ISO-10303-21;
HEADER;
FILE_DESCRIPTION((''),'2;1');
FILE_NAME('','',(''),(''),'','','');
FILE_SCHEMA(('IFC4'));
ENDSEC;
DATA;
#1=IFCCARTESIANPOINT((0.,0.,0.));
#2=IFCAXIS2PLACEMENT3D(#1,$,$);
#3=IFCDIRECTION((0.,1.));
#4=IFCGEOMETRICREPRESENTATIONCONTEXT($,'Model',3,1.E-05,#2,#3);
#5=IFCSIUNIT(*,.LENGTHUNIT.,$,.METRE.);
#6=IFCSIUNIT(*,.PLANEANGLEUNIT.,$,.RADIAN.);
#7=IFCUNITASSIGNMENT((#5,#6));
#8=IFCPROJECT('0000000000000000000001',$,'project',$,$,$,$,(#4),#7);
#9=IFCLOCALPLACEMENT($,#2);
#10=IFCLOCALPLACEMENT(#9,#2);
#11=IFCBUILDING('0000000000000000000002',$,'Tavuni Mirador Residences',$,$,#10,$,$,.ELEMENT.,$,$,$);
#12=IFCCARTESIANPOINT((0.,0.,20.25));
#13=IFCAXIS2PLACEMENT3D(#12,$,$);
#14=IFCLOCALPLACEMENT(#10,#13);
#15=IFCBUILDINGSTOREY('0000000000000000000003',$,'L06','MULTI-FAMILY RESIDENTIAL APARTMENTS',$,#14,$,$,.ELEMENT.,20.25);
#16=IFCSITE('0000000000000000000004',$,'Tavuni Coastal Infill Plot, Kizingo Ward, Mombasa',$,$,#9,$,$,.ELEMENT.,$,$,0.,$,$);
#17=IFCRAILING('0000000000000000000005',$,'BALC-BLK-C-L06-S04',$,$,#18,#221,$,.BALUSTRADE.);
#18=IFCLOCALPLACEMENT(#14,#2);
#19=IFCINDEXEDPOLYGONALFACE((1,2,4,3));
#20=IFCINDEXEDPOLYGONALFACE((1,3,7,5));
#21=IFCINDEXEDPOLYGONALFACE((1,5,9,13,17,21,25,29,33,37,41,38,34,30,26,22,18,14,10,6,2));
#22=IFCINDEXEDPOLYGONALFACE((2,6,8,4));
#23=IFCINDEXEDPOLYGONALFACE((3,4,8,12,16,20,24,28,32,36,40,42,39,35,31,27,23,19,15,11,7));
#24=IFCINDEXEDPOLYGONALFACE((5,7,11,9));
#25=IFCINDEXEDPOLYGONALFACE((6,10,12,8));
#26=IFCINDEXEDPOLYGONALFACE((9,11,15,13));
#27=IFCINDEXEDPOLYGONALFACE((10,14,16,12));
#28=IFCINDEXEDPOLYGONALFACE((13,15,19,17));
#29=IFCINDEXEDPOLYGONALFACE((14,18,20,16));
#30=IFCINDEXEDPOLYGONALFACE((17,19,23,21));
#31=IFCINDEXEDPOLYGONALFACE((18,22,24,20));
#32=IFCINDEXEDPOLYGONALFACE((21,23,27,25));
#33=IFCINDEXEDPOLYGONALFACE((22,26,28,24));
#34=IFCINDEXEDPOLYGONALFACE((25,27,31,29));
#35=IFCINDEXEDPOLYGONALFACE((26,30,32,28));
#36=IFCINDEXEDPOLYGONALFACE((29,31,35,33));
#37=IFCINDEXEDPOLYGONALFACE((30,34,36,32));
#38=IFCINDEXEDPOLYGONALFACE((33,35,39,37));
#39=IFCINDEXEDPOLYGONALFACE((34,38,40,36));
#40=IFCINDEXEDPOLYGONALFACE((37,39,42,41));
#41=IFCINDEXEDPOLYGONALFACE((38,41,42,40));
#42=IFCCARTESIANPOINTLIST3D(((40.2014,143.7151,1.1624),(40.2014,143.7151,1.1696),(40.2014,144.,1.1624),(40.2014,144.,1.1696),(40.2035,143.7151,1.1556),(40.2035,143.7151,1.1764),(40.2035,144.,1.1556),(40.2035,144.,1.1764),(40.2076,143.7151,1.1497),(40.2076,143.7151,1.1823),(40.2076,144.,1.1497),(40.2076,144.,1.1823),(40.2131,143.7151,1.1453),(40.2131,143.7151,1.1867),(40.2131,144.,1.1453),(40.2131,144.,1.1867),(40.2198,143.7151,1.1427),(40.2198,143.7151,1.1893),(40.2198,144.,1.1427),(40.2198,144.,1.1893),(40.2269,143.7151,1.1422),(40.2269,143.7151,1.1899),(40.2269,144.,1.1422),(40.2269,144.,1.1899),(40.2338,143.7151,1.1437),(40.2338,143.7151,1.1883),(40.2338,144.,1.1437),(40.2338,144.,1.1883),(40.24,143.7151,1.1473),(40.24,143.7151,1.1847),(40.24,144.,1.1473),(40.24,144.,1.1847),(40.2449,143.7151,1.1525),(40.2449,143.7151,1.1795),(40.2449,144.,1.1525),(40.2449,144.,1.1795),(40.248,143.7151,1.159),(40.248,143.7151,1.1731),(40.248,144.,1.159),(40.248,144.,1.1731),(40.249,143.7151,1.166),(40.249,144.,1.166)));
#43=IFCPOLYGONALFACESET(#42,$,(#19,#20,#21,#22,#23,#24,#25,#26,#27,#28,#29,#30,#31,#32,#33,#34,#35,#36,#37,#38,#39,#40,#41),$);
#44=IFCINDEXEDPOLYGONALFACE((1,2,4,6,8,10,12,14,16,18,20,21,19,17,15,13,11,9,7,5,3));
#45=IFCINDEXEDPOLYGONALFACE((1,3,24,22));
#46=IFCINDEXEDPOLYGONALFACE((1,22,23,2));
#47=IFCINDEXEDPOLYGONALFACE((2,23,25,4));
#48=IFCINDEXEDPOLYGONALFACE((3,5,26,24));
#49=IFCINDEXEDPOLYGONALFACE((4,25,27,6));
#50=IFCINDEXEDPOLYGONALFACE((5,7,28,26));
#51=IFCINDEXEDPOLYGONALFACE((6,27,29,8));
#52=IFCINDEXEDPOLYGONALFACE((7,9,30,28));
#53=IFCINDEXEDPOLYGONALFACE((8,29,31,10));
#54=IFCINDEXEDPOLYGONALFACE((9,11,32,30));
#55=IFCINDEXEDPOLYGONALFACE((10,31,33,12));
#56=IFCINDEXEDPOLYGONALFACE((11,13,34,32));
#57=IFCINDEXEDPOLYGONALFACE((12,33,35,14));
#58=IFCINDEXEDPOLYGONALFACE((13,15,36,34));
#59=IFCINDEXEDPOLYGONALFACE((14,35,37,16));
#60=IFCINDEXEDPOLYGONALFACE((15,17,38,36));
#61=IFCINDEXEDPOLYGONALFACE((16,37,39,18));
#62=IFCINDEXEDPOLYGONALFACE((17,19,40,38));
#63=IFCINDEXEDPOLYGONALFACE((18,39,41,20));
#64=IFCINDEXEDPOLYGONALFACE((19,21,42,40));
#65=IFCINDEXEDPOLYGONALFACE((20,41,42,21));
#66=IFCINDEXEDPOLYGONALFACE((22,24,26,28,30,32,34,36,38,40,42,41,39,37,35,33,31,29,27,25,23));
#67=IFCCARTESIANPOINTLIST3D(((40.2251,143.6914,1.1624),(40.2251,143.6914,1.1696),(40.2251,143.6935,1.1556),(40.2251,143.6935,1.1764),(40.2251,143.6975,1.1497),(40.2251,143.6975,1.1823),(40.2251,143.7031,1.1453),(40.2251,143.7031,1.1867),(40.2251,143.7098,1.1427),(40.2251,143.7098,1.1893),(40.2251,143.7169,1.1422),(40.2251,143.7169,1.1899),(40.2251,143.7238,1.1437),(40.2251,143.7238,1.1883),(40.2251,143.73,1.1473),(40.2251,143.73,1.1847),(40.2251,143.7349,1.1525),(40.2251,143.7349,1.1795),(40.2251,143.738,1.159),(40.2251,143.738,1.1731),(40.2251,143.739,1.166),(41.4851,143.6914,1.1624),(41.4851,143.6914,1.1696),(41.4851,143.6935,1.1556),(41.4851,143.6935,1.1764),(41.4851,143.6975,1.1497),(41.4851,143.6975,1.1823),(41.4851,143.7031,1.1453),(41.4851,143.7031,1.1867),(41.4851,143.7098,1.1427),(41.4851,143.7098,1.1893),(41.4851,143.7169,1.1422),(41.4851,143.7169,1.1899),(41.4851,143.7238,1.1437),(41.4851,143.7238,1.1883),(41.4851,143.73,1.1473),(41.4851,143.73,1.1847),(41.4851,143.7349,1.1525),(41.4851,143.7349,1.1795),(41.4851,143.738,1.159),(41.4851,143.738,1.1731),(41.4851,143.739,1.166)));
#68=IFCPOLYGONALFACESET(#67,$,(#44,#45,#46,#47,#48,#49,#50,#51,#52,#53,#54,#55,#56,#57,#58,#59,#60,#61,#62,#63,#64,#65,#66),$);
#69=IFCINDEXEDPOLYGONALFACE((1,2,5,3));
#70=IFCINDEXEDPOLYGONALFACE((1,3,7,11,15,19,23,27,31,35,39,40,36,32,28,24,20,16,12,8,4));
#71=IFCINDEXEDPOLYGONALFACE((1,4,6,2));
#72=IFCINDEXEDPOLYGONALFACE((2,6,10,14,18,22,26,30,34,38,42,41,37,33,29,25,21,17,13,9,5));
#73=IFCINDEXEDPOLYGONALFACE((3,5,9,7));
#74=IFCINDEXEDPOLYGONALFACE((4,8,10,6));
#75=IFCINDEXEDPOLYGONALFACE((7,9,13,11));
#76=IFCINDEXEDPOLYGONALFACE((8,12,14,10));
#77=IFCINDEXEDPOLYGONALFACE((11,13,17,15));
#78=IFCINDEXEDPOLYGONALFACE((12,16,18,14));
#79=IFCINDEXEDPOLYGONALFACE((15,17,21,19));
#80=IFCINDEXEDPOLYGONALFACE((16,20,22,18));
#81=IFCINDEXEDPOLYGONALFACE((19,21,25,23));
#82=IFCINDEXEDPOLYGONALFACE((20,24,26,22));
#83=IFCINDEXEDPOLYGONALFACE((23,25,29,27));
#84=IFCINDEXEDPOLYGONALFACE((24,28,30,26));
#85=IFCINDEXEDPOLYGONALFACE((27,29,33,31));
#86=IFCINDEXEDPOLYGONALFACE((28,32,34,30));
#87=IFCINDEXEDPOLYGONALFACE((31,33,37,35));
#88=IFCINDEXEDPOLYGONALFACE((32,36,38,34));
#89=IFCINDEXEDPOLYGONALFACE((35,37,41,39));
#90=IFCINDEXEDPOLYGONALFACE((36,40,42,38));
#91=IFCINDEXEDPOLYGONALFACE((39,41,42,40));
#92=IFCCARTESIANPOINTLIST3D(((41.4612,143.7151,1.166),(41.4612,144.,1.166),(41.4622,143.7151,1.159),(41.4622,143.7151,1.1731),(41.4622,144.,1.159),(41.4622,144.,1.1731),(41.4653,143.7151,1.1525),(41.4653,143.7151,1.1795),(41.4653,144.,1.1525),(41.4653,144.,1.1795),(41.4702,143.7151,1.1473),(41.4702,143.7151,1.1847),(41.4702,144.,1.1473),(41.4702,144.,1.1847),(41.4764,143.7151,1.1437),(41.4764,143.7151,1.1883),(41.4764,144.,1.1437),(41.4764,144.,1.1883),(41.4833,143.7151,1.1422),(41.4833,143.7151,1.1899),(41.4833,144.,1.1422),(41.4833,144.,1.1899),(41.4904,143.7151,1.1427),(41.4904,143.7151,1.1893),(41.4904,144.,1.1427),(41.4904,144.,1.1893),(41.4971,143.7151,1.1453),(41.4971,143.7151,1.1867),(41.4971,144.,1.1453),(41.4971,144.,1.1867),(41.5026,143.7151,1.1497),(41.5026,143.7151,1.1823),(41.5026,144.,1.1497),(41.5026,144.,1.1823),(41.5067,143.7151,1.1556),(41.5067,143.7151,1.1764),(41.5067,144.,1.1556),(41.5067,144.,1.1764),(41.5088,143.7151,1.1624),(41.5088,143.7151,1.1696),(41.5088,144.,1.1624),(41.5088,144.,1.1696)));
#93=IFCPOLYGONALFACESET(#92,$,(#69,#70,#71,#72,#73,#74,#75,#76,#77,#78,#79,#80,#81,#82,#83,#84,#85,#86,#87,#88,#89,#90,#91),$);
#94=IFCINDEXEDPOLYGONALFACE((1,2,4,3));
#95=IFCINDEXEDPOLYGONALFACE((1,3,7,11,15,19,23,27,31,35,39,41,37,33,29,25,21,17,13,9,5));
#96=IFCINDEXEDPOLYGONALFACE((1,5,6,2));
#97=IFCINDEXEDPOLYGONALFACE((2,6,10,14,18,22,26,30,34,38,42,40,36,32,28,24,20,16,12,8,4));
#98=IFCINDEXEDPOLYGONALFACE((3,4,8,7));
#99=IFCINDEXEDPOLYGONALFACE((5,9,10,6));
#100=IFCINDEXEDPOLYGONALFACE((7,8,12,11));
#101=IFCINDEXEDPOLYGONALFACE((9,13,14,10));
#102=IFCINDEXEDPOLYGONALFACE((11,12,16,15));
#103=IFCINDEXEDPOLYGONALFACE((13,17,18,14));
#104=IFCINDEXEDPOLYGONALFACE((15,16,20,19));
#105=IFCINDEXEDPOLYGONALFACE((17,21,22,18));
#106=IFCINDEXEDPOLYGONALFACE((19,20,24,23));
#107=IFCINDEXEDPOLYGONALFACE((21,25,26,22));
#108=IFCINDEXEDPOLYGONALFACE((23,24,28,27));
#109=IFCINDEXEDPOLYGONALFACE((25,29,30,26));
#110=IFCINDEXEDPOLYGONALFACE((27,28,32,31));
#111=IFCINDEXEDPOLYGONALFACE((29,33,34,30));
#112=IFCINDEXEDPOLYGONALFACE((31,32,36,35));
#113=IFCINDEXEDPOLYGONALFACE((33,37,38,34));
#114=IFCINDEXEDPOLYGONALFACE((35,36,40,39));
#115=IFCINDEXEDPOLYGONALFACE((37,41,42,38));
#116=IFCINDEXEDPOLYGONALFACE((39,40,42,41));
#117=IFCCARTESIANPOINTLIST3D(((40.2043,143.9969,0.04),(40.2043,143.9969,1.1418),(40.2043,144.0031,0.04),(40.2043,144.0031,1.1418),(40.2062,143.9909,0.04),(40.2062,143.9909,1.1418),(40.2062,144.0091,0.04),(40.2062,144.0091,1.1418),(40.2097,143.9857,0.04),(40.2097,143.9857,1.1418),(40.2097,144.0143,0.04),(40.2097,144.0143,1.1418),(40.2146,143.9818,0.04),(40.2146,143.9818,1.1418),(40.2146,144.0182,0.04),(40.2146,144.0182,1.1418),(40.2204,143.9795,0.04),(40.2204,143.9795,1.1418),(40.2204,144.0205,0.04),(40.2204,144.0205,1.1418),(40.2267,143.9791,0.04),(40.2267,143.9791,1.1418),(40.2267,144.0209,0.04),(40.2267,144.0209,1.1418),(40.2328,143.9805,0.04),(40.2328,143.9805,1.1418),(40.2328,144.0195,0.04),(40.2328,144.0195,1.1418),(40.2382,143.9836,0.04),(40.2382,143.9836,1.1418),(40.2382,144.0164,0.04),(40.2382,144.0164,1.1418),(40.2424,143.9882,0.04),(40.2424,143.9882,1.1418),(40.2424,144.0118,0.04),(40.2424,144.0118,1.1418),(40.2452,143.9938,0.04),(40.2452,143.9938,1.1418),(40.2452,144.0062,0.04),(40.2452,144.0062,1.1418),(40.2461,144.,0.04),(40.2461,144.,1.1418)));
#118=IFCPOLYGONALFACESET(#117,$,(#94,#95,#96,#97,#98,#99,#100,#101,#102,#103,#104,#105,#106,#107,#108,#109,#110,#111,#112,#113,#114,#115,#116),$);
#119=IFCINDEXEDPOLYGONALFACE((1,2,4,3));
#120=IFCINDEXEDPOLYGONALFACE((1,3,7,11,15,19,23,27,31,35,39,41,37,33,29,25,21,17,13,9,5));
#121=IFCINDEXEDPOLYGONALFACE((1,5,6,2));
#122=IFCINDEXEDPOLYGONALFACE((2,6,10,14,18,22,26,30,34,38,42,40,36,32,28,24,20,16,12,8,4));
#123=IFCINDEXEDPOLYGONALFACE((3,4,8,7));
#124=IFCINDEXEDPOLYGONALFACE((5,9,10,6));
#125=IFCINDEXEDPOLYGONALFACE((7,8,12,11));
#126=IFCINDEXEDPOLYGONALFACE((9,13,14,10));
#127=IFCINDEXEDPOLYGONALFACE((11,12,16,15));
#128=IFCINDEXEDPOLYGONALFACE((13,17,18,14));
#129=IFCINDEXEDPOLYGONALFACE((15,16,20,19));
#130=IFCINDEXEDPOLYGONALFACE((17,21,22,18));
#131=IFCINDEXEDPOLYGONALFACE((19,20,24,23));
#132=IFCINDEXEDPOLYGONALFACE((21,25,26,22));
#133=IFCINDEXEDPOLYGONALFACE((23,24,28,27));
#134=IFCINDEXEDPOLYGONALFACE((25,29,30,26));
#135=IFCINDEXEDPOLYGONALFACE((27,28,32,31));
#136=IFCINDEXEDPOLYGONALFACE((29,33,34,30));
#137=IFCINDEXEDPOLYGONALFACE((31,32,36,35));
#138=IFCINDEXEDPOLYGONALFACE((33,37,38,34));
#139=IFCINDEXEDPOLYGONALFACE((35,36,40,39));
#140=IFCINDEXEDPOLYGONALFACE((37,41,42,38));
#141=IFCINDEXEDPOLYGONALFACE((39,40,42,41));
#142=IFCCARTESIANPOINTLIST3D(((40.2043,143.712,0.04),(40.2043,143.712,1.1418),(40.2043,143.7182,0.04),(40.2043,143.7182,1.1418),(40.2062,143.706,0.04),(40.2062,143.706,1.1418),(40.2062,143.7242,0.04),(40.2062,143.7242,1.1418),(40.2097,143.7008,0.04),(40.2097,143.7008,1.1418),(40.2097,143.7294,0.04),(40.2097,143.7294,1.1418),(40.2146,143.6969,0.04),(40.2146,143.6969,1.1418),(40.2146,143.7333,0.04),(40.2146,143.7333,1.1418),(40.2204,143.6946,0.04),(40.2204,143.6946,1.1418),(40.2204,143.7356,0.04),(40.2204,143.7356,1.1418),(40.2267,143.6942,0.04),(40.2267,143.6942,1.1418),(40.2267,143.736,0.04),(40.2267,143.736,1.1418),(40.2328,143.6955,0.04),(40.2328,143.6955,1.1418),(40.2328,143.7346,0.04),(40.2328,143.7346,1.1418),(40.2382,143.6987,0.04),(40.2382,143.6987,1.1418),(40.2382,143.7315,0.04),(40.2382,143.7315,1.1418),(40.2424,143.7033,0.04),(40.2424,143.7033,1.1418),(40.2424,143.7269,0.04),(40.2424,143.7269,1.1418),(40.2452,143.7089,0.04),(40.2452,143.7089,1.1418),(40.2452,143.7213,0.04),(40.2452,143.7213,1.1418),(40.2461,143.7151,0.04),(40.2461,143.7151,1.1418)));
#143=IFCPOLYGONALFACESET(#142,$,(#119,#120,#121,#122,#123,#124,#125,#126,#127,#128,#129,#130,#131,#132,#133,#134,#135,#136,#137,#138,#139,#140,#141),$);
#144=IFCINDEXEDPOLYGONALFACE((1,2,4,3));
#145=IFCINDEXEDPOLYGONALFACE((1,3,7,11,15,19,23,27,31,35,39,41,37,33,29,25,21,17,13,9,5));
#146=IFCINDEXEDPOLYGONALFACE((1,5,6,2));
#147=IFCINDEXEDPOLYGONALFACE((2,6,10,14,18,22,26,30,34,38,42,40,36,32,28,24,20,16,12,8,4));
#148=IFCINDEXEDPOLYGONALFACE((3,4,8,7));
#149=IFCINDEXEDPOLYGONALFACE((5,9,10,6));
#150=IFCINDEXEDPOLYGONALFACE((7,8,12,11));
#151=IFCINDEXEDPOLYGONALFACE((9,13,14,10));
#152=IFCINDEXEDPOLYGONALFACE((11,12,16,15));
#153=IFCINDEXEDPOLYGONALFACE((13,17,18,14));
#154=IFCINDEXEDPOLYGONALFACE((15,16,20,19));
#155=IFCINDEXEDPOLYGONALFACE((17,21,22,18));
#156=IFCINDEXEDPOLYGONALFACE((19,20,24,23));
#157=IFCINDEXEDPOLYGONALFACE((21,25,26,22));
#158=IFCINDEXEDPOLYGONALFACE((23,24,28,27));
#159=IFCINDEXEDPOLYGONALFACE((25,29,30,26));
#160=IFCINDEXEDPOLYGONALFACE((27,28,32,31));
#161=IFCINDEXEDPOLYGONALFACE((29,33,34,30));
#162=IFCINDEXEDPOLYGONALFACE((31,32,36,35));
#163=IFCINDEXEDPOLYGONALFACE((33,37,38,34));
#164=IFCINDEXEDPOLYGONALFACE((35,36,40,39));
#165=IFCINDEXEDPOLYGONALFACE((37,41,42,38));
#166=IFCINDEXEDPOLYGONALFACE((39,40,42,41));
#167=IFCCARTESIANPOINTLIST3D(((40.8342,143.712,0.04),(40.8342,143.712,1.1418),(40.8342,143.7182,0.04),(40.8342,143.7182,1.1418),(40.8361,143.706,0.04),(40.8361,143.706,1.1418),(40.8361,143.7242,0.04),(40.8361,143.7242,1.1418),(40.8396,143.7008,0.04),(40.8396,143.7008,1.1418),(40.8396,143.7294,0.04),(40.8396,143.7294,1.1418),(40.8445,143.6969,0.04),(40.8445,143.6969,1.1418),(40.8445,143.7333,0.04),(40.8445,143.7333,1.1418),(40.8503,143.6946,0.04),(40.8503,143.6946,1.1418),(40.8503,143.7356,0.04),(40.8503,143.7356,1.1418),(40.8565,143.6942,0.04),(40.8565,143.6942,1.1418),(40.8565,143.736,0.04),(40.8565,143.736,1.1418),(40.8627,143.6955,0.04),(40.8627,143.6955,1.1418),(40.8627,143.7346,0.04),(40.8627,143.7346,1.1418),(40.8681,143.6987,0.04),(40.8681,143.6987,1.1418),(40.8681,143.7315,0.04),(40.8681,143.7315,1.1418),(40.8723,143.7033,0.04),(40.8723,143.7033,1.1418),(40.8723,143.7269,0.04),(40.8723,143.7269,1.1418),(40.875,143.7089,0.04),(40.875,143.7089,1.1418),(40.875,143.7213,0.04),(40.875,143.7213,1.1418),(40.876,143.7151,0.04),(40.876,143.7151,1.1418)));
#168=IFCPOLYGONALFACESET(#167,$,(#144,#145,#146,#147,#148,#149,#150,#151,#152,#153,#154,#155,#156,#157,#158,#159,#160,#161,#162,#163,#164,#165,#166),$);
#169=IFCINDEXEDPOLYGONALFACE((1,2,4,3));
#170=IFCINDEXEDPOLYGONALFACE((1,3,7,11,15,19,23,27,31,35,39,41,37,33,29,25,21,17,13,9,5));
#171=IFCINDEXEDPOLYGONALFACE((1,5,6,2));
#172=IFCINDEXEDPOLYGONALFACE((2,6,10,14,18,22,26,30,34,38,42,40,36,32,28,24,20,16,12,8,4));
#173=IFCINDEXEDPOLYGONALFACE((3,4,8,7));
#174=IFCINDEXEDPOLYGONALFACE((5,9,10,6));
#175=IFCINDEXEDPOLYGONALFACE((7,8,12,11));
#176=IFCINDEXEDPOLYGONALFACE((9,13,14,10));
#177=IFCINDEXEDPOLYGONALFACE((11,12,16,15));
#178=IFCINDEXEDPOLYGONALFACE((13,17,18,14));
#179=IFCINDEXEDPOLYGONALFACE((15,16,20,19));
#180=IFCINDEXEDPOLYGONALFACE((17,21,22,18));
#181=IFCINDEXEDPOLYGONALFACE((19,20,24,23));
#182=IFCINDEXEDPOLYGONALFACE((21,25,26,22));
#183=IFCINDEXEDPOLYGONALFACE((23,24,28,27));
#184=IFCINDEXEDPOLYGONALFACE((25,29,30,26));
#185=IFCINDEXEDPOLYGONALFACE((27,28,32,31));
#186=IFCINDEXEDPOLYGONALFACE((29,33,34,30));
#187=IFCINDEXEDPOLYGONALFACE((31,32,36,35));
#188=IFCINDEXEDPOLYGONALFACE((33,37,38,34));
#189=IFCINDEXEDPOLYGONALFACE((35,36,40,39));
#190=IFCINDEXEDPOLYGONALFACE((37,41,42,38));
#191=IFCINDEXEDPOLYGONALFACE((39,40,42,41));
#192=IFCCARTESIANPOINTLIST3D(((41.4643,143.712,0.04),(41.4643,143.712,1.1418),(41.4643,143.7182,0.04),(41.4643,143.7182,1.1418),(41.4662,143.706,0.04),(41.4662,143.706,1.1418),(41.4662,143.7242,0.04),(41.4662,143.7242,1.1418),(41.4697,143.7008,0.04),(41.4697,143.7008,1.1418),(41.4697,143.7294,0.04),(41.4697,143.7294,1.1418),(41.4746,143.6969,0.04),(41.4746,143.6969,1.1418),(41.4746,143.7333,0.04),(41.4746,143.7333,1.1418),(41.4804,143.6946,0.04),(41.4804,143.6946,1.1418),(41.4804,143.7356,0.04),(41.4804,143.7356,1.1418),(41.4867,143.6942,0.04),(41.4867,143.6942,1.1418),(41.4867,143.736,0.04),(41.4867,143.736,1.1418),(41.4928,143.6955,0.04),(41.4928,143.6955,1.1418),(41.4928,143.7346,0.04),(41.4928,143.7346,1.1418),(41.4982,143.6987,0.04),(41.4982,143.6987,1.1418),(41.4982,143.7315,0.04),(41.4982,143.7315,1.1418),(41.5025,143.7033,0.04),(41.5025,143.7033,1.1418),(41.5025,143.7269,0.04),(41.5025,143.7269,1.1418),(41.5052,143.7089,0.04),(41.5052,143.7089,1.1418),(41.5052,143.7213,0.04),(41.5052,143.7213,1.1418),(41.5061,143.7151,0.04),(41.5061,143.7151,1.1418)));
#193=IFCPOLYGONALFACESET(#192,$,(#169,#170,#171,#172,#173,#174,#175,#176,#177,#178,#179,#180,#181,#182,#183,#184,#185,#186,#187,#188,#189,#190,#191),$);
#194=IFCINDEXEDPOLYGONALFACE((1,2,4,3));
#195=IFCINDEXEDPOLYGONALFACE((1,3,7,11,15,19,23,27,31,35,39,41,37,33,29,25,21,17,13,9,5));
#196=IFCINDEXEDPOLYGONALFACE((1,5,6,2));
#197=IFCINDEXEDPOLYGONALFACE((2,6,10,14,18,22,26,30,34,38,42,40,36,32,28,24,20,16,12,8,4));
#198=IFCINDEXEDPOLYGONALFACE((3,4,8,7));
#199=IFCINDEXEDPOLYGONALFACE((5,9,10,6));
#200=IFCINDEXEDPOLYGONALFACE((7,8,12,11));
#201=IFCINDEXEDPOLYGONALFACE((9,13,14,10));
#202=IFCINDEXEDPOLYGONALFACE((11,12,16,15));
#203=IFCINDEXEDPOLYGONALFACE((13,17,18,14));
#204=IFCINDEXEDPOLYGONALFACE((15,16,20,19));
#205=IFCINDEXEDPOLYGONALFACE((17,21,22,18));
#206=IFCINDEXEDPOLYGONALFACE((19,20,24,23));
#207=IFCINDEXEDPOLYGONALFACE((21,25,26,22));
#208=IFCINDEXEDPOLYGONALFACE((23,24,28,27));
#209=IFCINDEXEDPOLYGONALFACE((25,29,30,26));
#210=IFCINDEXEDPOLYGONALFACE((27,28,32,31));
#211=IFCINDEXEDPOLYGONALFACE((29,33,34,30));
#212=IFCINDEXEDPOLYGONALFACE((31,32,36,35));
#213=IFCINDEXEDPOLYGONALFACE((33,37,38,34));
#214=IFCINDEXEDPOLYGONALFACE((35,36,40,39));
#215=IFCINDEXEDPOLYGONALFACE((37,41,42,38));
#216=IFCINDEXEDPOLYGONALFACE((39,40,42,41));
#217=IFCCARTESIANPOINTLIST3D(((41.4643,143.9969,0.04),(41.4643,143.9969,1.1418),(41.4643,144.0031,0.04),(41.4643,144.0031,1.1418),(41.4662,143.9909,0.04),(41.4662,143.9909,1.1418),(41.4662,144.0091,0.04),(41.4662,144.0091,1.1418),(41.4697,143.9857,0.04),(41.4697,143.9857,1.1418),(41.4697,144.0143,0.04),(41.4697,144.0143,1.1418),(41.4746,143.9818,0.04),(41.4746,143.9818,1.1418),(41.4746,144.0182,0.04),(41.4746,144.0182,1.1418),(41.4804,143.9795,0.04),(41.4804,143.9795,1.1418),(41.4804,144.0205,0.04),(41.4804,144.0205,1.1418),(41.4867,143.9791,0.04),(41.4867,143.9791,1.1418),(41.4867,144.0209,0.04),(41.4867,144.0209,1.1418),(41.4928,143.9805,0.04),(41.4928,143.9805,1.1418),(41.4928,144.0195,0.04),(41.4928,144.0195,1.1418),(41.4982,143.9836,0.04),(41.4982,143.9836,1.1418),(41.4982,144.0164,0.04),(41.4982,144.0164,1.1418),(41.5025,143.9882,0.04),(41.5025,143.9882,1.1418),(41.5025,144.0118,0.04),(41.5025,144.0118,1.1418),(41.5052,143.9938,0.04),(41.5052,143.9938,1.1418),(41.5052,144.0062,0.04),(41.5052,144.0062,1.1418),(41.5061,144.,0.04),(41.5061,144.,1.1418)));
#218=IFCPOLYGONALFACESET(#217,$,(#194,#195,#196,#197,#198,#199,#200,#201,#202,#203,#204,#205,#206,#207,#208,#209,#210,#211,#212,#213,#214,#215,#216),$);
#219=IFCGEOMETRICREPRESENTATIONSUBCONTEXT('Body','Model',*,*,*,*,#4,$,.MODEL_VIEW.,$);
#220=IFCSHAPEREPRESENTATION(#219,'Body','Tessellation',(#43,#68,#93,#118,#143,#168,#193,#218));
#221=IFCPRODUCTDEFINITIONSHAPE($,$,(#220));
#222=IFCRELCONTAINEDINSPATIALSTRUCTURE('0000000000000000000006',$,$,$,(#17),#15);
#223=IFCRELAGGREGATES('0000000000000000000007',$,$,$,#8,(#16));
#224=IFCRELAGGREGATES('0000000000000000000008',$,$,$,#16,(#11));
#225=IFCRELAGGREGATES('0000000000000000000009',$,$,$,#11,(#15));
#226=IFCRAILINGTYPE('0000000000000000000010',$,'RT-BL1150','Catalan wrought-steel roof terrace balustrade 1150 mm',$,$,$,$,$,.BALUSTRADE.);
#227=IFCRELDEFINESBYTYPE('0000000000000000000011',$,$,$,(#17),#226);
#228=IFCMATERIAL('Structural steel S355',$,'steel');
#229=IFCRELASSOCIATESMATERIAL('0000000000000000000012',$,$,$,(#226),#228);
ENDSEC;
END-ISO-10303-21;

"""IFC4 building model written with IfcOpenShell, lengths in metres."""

from ifc_helpers import new_model, si_unit, direction, frame, origin, origin_2d, place, context, subcontext, project, spatial, circle, extrude, material, type_object, element, save


model = new_model("IFC4")

# Units and contexts
model_context = context("Model", 3, precision=1e-05, world=origin(), true_north=direction((0.0, 1.0)))
body_context = subcontext(model_context, "Body", "Model", "MODEL_VIEW")
ifc_project = project(units=[si_unit("LENGTHUNIT", "METRE"), si_unit("PLANEANGLEUNIT", "RADIAN")], contexts=[model_context])

# Site, building, storey
site_placement = place(None, origin())
site = spatial("IfcSite", under=ifc_project, at=site_placement, Name="Tavuni Coastal Infill Plot, Kizingo Ward, Mombasa", CompositionType="ELEMENT", RefElevation=0.0)
building_placement = place(site_placement, origin())
building = spatial("IfcBuilding", under=site, at=building_placement, Name="Tavuni Mirador Residences", CompositionType="ELEMENT")
storey_placement = place(building_placement, frame((0.0, 0.0, 20.25)))
storey = spatial("IfcBuildingStorey", under=building, at=storey_placement, Name="L06", Description="MULTI-FAMILY RESIDENTIAL APARTMENTS", CompositionType="ELEMENT", Elevation=20.25)

# Shared definitions
ifc_material_1 = material(Name="Structural steel S355", Category="steel")

# Railing
railing_type = type_object("IfcRailingType", Name="RT-BL1150", Description="Catalan wrought-steel roof terrace balustrade 1150 mm", PredefinedType="BALUSTRADE", material=ifc_material_1)
railing_placement = place(storey_placement, frame((40.2251, 144.0, 0.04)))
element("IfcRailing", 1, at=railing_placement, inside=storey, type_object=railing_type, Name="BALC-BLK-C-L06-S04", PredefinedType="BALUSTRADE", context=body_context, shape_type="SweptSolid", body=[
    extrude(circle(Radius=0.0239, at=origin_2d()), frame((0.0, 0.0, 1.126), z_axis=(0.0, -1.0, 0.0), x_axis=(1.0, 0.0, 0.0)), (0.0, 0.0, 1.0), 0.2849),
    extrude(circle(Radius=0.0239, at=origin_2d()), frame((0.0, -0.2849, 1.126), z_axis=(1.0, 0.0, 0.0), x_axis=(0.0, 1.0, 0.0)), (0.0, 0.0, 1.0), 1.26),
    extrude(circle(Radius=0.0239, at=origin_2d()), frame((1.26, -0.2849, 1.126), z_axis=(0.0, 1.0, 0.0), x_axis=(-1.0, 0.0, 0.0)), (0.0, 0.0, 1.0), 0.2849),
    extrude(circle(Radius=0.021, at=origin_2d()), origin(), (0.0, 0.0, 1.0), 1.1018),
    extrude(circle(Radius=0.021, at=origin_2d()), frame((0.0, -0.2849, 0.0)), (0.0, 0.0, 1.0), 1.1018),
    extrude(circle(Radius=0.021, at=origin_2d()), frame((0.6299, -0.2849, 0.0)), (0.0, 0.0, 1.0), 1.1018),
    extrude(circle(Radius=0.021, at=origin_2d()), frame((1.26, -0.2849, 0.0)), (0.0, 0.0, 1.0), 1.1018),
    extrude(circle(Radius=0.021, at=origin_2d()), frame((1.26, 0.0, 0.0)), (0.0, 0.0, 1.0), 1.1018),
])

save(model, "model.ifc")
